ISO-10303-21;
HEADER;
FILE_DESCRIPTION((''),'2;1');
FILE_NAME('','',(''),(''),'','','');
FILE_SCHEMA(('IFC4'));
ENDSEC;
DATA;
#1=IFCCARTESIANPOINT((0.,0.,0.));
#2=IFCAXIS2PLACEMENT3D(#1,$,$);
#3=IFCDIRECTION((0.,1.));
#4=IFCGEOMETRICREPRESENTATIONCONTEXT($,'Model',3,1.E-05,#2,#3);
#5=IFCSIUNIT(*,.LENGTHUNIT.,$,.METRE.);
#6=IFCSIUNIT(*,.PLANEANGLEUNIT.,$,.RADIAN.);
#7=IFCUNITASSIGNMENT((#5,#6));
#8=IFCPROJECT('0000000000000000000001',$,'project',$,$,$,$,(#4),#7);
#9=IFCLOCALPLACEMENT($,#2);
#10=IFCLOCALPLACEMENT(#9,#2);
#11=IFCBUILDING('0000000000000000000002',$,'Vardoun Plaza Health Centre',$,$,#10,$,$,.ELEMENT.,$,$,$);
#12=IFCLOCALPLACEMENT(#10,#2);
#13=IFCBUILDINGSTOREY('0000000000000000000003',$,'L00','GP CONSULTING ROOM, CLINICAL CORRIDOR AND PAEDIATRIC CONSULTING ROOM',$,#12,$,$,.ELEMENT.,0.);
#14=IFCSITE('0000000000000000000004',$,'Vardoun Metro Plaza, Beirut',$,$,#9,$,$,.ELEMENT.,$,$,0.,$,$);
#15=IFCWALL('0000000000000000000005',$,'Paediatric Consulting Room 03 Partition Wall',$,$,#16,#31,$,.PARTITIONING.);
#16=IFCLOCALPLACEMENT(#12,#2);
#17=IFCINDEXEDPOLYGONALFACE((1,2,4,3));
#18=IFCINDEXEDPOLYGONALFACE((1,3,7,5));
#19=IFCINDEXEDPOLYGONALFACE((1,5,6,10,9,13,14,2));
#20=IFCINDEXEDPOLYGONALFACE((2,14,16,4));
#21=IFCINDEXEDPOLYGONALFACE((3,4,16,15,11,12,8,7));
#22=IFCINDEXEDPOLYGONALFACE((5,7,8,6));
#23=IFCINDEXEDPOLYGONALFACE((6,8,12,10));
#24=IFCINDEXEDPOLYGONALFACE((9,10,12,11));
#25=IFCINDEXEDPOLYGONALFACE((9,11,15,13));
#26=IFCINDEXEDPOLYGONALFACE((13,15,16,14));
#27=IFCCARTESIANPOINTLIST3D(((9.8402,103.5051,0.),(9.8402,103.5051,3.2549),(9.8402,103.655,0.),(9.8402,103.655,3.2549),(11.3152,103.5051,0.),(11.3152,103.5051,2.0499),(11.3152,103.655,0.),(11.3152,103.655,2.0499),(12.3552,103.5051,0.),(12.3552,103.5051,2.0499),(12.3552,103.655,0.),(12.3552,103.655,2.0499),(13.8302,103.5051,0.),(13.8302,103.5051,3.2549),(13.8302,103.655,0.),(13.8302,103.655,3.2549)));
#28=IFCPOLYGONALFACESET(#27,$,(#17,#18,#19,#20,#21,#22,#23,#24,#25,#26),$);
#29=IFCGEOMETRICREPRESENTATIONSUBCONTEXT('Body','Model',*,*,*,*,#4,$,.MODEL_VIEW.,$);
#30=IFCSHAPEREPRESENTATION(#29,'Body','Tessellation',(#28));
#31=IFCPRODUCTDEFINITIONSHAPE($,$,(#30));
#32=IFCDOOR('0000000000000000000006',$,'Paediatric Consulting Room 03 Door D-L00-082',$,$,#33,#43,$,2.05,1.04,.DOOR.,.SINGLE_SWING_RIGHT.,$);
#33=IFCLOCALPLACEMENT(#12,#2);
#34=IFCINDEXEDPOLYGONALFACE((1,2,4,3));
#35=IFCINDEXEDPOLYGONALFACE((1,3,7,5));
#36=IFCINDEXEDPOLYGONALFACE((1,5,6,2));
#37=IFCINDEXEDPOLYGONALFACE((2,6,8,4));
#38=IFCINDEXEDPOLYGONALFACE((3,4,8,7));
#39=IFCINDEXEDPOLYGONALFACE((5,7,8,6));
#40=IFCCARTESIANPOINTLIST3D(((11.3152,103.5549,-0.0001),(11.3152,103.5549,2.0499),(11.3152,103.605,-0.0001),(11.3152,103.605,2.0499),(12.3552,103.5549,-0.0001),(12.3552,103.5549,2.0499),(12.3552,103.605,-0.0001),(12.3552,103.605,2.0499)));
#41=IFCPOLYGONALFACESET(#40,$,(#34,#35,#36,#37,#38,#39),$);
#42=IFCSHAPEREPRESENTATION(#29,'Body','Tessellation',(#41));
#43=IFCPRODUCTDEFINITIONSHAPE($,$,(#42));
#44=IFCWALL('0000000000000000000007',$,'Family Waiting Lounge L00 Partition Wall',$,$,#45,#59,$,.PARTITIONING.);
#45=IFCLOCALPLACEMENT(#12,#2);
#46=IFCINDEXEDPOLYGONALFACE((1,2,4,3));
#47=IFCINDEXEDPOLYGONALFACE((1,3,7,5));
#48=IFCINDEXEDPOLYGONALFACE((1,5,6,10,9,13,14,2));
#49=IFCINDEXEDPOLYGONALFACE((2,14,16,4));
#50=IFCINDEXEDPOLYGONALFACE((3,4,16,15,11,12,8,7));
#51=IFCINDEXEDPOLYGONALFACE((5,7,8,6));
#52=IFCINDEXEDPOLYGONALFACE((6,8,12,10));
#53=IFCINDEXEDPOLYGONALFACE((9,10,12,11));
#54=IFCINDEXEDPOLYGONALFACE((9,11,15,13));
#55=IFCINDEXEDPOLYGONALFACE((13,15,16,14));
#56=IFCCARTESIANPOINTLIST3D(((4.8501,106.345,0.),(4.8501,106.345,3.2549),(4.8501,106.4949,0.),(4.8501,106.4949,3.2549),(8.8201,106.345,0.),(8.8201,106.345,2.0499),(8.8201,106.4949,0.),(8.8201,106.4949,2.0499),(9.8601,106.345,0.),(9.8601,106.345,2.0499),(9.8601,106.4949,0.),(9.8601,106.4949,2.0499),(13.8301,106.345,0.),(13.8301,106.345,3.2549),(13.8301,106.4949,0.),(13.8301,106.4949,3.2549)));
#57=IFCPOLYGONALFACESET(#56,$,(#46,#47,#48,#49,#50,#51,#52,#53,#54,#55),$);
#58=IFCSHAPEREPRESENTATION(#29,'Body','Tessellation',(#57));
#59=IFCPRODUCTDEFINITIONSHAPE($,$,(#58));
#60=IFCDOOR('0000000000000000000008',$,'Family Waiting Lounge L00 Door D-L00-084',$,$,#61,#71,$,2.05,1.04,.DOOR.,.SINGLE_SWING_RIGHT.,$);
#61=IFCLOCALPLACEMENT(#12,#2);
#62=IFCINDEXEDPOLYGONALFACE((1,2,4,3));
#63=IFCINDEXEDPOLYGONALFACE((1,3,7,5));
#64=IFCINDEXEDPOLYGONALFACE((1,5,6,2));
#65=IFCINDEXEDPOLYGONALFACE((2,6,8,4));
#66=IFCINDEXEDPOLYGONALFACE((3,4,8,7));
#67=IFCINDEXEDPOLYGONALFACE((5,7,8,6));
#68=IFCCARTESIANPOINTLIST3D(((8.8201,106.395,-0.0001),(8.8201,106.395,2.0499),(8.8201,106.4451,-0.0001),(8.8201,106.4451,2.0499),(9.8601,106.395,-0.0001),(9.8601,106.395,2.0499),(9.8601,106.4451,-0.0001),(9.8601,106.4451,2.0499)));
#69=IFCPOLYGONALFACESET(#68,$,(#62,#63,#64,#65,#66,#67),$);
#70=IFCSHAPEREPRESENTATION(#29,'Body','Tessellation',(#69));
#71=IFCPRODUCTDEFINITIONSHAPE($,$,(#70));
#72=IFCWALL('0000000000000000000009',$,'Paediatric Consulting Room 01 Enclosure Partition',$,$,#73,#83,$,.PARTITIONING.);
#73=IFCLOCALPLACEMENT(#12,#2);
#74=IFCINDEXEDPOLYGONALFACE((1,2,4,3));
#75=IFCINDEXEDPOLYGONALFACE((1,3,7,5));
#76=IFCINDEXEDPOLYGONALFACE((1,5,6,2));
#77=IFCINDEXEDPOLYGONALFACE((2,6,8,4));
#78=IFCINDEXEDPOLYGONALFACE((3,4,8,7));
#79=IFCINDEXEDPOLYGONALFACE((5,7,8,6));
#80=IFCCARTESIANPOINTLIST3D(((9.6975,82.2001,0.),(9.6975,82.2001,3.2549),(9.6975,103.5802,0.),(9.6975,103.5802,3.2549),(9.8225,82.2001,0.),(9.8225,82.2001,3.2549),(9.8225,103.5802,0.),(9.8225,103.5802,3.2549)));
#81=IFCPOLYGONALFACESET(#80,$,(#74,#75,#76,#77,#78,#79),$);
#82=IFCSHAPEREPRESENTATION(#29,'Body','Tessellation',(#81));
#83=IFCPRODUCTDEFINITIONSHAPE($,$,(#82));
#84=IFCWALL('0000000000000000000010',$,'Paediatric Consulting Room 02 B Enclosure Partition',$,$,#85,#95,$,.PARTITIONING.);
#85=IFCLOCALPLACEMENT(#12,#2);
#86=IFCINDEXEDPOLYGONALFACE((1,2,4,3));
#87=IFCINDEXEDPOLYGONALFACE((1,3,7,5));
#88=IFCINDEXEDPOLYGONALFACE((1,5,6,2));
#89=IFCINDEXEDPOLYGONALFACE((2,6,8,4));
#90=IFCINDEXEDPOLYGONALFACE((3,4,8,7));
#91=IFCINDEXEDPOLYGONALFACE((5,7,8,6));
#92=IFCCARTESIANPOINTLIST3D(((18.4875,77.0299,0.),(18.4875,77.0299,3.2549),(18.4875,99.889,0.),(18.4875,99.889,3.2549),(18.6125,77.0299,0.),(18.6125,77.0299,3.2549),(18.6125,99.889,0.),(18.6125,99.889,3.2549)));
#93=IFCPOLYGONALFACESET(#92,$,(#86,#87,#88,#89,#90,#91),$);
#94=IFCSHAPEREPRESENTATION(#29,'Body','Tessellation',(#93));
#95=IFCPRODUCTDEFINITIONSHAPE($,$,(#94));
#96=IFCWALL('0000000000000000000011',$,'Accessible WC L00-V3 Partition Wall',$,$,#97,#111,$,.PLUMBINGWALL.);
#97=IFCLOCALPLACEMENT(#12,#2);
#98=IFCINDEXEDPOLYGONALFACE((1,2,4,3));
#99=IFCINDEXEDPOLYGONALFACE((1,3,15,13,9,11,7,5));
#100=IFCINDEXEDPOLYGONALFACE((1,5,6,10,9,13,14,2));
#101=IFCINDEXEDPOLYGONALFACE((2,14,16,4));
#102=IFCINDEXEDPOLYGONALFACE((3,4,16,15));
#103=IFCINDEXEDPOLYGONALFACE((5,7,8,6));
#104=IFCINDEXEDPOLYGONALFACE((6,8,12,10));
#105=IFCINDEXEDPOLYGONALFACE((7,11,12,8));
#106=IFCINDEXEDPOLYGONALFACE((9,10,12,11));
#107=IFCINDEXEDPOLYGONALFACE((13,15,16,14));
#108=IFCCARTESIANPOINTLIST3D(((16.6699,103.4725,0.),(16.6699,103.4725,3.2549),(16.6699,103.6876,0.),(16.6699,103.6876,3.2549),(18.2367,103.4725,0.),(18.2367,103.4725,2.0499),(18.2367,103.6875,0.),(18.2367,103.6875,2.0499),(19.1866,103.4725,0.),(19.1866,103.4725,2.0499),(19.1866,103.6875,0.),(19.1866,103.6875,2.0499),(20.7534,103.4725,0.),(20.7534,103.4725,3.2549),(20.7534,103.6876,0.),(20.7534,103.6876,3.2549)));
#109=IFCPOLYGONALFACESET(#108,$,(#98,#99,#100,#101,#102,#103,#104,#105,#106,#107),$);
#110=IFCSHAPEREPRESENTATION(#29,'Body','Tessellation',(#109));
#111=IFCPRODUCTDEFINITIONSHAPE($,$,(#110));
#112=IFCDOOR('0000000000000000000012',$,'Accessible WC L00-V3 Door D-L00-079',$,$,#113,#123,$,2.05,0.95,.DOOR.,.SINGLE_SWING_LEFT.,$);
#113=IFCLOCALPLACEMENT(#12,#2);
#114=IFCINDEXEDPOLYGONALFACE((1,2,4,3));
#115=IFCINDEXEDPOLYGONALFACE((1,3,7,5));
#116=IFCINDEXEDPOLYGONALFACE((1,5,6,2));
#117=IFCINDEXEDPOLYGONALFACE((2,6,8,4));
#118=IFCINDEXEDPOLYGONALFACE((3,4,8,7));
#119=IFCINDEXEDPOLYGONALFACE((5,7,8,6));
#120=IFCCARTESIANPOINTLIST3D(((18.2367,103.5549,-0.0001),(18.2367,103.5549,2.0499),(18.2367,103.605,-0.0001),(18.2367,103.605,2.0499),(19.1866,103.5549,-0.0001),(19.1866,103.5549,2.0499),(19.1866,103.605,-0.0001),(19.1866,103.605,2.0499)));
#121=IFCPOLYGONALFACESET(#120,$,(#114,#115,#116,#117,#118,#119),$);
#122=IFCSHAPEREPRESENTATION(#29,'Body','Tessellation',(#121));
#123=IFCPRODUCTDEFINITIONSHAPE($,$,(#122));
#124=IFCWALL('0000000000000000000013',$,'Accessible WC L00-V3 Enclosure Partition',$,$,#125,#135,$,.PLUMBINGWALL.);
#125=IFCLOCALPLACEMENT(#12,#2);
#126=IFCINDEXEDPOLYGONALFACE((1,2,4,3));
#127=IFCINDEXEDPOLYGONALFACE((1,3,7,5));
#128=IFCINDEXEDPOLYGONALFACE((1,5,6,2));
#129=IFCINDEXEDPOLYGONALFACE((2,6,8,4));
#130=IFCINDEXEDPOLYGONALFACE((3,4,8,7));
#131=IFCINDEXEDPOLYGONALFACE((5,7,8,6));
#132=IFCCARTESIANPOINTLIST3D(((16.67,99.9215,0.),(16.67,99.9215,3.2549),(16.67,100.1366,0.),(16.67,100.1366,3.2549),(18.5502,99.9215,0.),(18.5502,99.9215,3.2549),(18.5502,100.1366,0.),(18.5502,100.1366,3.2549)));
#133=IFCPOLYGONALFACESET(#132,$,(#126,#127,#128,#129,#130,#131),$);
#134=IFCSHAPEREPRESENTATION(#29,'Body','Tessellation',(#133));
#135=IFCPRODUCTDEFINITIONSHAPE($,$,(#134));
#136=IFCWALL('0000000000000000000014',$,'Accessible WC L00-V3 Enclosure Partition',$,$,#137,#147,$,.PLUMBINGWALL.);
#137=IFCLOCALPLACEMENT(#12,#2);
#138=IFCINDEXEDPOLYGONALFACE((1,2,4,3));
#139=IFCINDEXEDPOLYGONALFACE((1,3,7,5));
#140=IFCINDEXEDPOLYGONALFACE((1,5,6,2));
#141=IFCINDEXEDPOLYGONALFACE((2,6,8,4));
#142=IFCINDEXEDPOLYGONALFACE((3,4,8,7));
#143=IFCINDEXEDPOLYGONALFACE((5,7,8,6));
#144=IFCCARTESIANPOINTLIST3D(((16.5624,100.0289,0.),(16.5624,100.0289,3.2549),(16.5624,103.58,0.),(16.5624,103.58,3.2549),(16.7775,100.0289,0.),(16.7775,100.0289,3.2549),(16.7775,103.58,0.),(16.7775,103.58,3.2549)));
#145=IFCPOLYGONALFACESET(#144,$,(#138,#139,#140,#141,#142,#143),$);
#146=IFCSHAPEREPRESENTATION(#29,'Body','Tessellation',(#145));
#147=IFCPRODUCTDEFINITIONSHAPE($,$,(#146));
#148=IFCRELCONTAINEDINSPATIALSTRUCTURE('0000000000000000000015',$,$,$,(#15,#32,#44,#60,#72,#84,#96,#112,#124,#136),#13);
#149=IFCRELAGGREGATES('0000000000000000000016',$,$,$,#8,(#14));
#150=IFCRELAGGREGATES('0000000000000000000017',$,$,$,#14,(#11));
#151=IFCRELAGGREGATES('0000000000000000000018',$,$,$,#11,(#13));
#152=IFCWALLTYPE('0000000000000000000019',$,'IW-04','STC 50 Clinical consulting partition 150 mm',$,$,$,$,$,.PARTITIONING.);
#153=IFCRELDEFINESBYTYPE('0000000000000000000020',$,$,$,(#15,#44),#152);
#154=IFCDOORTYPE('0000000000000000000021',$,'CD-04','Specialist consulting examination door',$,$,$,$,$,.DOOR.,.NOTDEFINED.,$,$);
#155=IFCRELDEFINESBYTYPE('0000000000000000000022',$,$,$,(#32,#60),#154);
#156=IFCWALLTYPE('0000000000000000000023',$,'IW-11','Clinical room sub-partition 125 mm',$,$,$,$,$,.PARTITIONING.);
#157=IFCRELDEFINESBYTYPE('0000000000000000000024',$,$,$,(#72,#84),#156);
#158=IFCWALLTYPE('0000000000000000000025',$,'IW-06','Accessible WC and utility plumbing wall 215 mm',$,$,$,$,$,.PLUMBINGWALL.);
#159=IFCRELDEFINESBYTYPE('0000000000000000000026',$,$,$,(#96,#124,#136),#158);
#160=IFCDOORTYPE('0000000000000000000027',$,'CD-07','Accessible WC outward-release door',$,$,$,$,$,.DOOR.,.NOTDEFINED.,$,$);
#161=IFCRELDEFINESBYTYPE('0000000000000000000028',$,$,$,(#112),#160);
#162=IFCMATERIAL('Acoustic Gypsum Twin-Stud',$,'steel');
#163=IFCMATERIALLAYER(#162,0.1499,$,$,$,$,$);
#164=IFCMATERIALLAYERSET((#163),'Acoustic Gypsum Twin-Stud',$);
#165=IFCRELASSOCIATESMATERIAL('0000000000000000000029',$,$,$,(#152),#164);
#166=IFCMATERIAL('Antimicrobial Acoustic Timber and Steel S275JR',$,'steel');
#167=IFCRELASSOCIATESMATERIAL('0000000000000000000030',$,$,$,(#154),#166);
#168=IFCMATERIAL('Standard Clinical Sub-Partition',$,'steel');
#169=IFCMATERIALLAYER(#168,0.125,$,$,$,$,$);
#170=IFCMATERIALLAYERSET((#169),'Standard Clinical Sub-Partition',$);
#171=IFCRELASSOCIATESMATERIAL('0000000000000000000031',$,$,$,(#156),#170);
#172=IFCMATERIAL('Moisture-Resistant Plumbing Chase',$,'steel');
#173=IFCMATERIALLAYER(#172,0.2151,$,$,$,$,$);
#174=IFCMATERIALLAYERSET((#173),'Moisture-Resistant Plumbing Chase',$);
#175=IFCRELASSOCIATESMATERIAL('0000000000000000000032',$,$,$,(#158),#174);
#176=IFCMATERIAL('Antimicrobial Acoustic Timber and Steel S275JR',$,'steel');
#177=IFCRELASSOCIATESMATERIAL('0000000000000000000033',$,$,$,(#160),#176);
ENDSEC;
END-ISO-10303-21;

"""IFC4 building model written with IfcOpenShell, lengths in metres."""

from ifc_helpers import new_model, si_unit, direction, frame, frame_2d, origin, place, context, subcontext, project, spatial, rectangle, extrude, material, layer, layer_set, type_object, element, fill, save


model = new_model("IFC4")

# Units and contexts
model_context = context("Model", 3, precision=1e-05, world=origin(), true_north=direction((0.0, 1.0)))
body_context = subcontext(model_context, "Body", "Model", "MODEL_VIEW")
ifc_project = project(units=[si_unit("LENGTHUNIT", "METRE"), si_unit("PLANEANGLEUNIT", "RADIAN")], contexts=[model_context])

# Site, building, storey
site_placement = place(None, origin())
site = spatial("IfcSite", under=ifc_project, at=site_placement, Name="Vardoun Metro Plaza, Beirut", CompositionType="ELEMENT", RefElevation=0.0)
building_placement = place(site_placement, origin())
building = spatial("IfcBuilding", under=site, at=building_placement, Name="Vardoun Plaza Health Centre", CompositionType="ELEMENT")
storey_placement = place(building_placement, origin())
storey = spatial("IfcBuildingStorey", under=building, at=storey_placement, Name="L00", Description="GP CONSULTING ROOM, CLINICAL CORRIDOR AND PAEDIATRIC CONSULTING ROOM", CompositionType="ELEMENT", Elevation=0.0)

# Walls, openings, doors
ifc_material_1 = material(Name="Acoustic Gypsum Twin-Stud", Category="steel")
ifc_layer_1 = layer(ifc_material_1, 0.1499)
ifc_layer_set_1 = layer_set([ifc_layer_1], Name="Acoustic Gypsum Twin-Stud")
wall_type_1 = type_object("IfcWallType", Name="IW-04", Description="STC 50 Clinical consulting partition 150 mm", PredefinedType="PARTITIONING", material=ifc_layer_set_1)
ifc_material_2 = material(Name="Antimicrobial Acoustic Timber and Steel S275JR", Category="steel")
door_type_1 = type_object("IfcDoorType", Name="CD-04", Description="Specialist consulting examination door", OperationType="NOTDEFINED", PredefinedType="DOOR", material=ifc_material_2)
wall_1_placement = place(storey_placement, frame((9.8401, 103.5801, 0.0), z_axis=(0.0, 0.0, 1.0), x_axis=(1.0, 0.0, 0.0)))
wall_1 = element("IfcWall", 1, at=wall_1_placement, inside=storey, type_object=wall_type_1, Name="Paediatric Consulting Room 03 Partition Wall", PredefinedType="PARTITIONING", context=body_context, shape_type="SweptSolid", body=[
    extrude(rectangle(XDim=3.99, YDim=0.1499, at=frame_2d((1.9951, 0.0))), origin(), (0.0, 0.0, 1.0), 3.2549),
])
opening_1_placement = place(wall_1_placement, frame((1.4751, 0.0, 0.0)))
opening_1 = element("IfcOpeningElement", 2, at=opening_1_placement, cuts=wall_1, PredefinedType="OPENING", context=body_context, shape_type="SweptSolid", body=[
    extrude(rectangle(XDim=1.04, YDim=2.05, at=frame_2d((0.52, 1.0249))), frame((0.0, 0.075, 0.0), z_axis=(0.0, -1.0, 0.0), x_axis=(1.0, 0.0, 0.0)), (0.0, 0.0, 1.0), 0.1499),
])
door_1_placement = place(opening_1_placement, origin())
door_1 = element("IfcDoor", 3, at=door_1_placement, inside=storey, type_object=door_type_1, Name="Paediatric Consulting Room 03 Door D-L00-082", OperationType="SINGLE_SWING_RIGHT", OverallHeight=2.05, OverallWidth=1.04, PredefinedType="DOOR", context=body_context, shape_type="SweptSolid", body=[
    extrude(rectangle(XDim=1.04, YDim=2.05, at=frame_2d((0.52, 1.0249))), frame((0.0, 0.0249, 0.0), z_axis=(0.0, -1.0, 0.0), x_axis=(1.0, 0.0, 0.0)), (0.0, 0.0, 1.0), 0.05),
])
fill(opening_1, door_1)
wall_2_placement = place(storey_placement, frame((13.8301, 106.4199, 0.0), z_axis=(0.0, 0.0, 1.0), x_axis=(-1.0, 0.0, 0.0)))
wall_2 = element("IfcWall", 4, at=wall_2_placement, inside=storey, type_object=wall_type_1, Name="Family Waiting Lounge L00 Partition Wall", PredefinedType="PARTITIONING", context=body_context, shape_type="SweptSolid", body=[
    extrude(rectangle(XDim=8.98, YDim=0.1499, at=frame_2d((4.49, 0.0))), origin(), (0.0, 0.0, 1.0), 3.2549),
])
opening_2_placement = place(wall_2_placement, frame((3.97, 0.0, 0.0)))
opening_2 = element("IfcOpeningElement", 5, at=opening_2_placement, cuts=wall_2, PredefinedType="OPENING", context=body_context, shape_type="SweptSolid", body=[
    extrude(rectangle(XDim=1.04, YDim=2.05, at=frame_2d((0.52, 1.0249))), frame((0.0, 0.075, 0.0), z_axis=(0.0, -1.0, 0.0), x_axis=(1.0, 0.0, 0.0)), (0.0, 0.0, 1.0), 0.1499),
])
door_2_placement = place(opening_2_placement, origin())
door_2 = element("IfcDoor", 6, at=door_2_placement, inside=storey, type_object=door_type_1, Name="Family Waiting Lounge L00 Door D-L00-084", OperationType="SINGLE_SWING_RIGHT", OverallHeight=2.05, OverallWidth=1.04, PredefinedType="DOOR", context=body_context, shape_type="SweptSolid", body=[
    extrude(rectangle(XDim=1.04, YDim=2.05, at=frame_2d((0.52, 1.0249))), frame((0.0, 0.0249, 0.0), z_axis=(0.0, -1.0, 0.0), x_axis=(1.0, 0.0, 0.0)), (0.0, 0.0, 1.0), 0.05),
])
fill(opening_2, door_2)

# Walls
ifc_material_3 = material(Name="Standard Clinical Sub-Partition", Category="steel")
ifc_layer_2 = layer(ifc_material_3, 0.125)
ifc_layer_set_2 = layer_set([ifc_layer_2], Name="Standard Clinical Sub-Partition")
wall_type_2 = type_object("IfcWallType", Name="IW-11", Description="Clinical room sub-partition 125 mm", PredefinedType="PARTITIONING", material=ifc_layer_set_2)
wall_3_placement = place(storey_placement, frame((9.76, 103.5801, 0.0), z_axis=(0.0, 0.0, 1.0), x_axis=(0.0, -1.0, 0.0)))
element("IfcWall", 7, at=wall_3_placement, inside=storey, type_object=wall_type_2, Name="Paediatric Consulting Room 01 Enclosure Partition", PredefinedType="PARTITIONING", context=body_context, shape_type="SweptSolid", body=[
    extrude(rectangle(XDim=21.3801, YDim=0.125, at=frame_2d((10.6899, 0.0))), origin(), (0.0, 0.0, 1.0), 3.2549),
])
wall_4_placement = place(storey_placement, frame((18.55, 99.8892, 0.0), z_axis=(0.0, 0.0, 1.0), x_axis=(0.0, -1.0, 0.0)))
element("IfcWall", 8, at=wall_4_placement, inside=storey, type_object=wall_type_2, Name="Paediatric Consulting Room 02 B Enclosure Partition", PredefinedType="PARTITIONING", context=body_context, shape_type="SweptSolid", body=[
    extrude(rectangle(XDim=22.8591, YDim=0.125, at=frame_2d((11.4297, 0.0))), origin(), (0.0, 0.0, 1.0), 3.2549),
])

# Wall, opening, door
ifc_material_4 = material(Name="Moisture-Resistant Plumbing Chase", Category="steel")
ifc_layer_3 = layer(ifc_material_4, 0.2151)
ifc_layer_set_3 = layer_set([ifc_layer_3], Name="Moisture-Resistant Plumbing Chase")
wall_type_3 = type_object("IfcWallType", Name="IW-06", Description="Accessible WC and utility plumbing wall 215 mm", PredefinedType="PLUMBINGWALL", material=ifc_layer_set_3)
wall_5_placement = place(storey_placement, frame((16.6699, 103.5801, 0.0), z_axis=(0.0, 0.0, 1.0), x_axis=(1.0, 0.0, 0.0)))
wall_5 = element("IfcWall", 9, at=wall_5_placement, inside=storey, type_object=wall_type_3, Name="Accessible WC L00-V3 Partition Wall", PredefinedType="PLUMBINGWALL", context=body_context, shape_type="SweptSolid", body=[
    extrude(rectangle(XDim=4.0835, YDim=0.2151, at=frame_2d((2.0417, 0.0))), origin(), (0.0, 0.0, 1.0), 3.2549),
])
opening_3_placement = place(wall_5_placement, frame((1.5667, 0.0, 0.0)))
opening_3 = element("IfcOpeningElement", 10, at=opening_3_placement, cuts=wall_5, PredefinedType="OPENING", context=body_context, shape_type="SweptSolid", body=[
    extrude(rectangle(XDim=0.95, YDim=2.05, at=frame_2d((0.4751, 1.0249))), frame((0.0, 0.1074, 0.0), z_axis=(0.0, -1.0, 0.0), x_axis=(1.0, 0.0, 0.0)), (0.0, 0.0, 1.0), 0.2151),
])
ifc_material_5 = material(Name="Antimicrobial Acoustic Timber and Steel S275JR", Category="steel")
door_type_2 = type_object("IfcDoorType", Name="CD-07", Description="Accessible WC outward-release door", OperationType="NOTDEFINED", PredefinedType="DOOR", material=ifc_material_5)
door_3_placement = place(opening_3_placement, origin())
door_3 = element("IfcDoor", 11, at=door_3_placement, inside=storey, type_object=door_type_2, Name="Accessible WC L00-V3 Door D-L00-079", OperationType="SINGLE_SWING_LEFT", OverallHeight=2.05, OverallWidth=0.95, PredefinedType="DOOR", context=body_context, shape_type="SweptSolid", body=[
    extrude(rectangle(XDim=0.95, YDim=2.05, at=frame_2d((0.4751, 1.0249))), frame((0.0, 0.0249, 0.0), z_axis=(0.0, -1.0, 0.0), x_axis=(1.0, 0.0, 0.0)), (0.0, 0.0, 1.0), 0.05),
])
fill(opening_3, door_3)

# Walls
wall_6_placement = place(storey_placement, frame((18.55, 100.0291, 0.0), z_axis=(0.0, 0.0, 1.0), x_axis=(-1.0, 0.0, 0.0)))
element("IfcWall", 12, at=wall_6_placement, inside=storey, type_object=wall_type_3, Name="Accessible WC L00-V3 Enclosure Partition", PredefinedType="PLUMBINGWALL", context=body_context, shape_type="SweptSolid", body=[
    extrude(rectangle(XDim=1.8801, YDim=0.2151, at=frame_2d((0.9399, 0.0))), origin(), (0.0, 0.0, 1.0), 3.2549),
])
wall_7_placement = place(storey_placement, frame((16.6699, 100.0291, 0.0), z_axis=(0.0, 0.0, 1.0), x_axis=(0.0, 1.0, 0.0)))
element("IfcWall", 13, at=wall_7_placement, inside=storey, type_object=wall_type_3, Name="Accessible WC L00-V3 Enclosure Partition", PredefinedType="PLUMBINGWALL", context=body_context, shape_type="SweptSolid", body=[
    extrude(rectangle(XDim=3.551, YDim=0.2151, at=frame_2d((1.7754, 0.0))), origin(), (0.0, 0.0, 1.0), 3.2549),
])

save(model, "model.ifc")
